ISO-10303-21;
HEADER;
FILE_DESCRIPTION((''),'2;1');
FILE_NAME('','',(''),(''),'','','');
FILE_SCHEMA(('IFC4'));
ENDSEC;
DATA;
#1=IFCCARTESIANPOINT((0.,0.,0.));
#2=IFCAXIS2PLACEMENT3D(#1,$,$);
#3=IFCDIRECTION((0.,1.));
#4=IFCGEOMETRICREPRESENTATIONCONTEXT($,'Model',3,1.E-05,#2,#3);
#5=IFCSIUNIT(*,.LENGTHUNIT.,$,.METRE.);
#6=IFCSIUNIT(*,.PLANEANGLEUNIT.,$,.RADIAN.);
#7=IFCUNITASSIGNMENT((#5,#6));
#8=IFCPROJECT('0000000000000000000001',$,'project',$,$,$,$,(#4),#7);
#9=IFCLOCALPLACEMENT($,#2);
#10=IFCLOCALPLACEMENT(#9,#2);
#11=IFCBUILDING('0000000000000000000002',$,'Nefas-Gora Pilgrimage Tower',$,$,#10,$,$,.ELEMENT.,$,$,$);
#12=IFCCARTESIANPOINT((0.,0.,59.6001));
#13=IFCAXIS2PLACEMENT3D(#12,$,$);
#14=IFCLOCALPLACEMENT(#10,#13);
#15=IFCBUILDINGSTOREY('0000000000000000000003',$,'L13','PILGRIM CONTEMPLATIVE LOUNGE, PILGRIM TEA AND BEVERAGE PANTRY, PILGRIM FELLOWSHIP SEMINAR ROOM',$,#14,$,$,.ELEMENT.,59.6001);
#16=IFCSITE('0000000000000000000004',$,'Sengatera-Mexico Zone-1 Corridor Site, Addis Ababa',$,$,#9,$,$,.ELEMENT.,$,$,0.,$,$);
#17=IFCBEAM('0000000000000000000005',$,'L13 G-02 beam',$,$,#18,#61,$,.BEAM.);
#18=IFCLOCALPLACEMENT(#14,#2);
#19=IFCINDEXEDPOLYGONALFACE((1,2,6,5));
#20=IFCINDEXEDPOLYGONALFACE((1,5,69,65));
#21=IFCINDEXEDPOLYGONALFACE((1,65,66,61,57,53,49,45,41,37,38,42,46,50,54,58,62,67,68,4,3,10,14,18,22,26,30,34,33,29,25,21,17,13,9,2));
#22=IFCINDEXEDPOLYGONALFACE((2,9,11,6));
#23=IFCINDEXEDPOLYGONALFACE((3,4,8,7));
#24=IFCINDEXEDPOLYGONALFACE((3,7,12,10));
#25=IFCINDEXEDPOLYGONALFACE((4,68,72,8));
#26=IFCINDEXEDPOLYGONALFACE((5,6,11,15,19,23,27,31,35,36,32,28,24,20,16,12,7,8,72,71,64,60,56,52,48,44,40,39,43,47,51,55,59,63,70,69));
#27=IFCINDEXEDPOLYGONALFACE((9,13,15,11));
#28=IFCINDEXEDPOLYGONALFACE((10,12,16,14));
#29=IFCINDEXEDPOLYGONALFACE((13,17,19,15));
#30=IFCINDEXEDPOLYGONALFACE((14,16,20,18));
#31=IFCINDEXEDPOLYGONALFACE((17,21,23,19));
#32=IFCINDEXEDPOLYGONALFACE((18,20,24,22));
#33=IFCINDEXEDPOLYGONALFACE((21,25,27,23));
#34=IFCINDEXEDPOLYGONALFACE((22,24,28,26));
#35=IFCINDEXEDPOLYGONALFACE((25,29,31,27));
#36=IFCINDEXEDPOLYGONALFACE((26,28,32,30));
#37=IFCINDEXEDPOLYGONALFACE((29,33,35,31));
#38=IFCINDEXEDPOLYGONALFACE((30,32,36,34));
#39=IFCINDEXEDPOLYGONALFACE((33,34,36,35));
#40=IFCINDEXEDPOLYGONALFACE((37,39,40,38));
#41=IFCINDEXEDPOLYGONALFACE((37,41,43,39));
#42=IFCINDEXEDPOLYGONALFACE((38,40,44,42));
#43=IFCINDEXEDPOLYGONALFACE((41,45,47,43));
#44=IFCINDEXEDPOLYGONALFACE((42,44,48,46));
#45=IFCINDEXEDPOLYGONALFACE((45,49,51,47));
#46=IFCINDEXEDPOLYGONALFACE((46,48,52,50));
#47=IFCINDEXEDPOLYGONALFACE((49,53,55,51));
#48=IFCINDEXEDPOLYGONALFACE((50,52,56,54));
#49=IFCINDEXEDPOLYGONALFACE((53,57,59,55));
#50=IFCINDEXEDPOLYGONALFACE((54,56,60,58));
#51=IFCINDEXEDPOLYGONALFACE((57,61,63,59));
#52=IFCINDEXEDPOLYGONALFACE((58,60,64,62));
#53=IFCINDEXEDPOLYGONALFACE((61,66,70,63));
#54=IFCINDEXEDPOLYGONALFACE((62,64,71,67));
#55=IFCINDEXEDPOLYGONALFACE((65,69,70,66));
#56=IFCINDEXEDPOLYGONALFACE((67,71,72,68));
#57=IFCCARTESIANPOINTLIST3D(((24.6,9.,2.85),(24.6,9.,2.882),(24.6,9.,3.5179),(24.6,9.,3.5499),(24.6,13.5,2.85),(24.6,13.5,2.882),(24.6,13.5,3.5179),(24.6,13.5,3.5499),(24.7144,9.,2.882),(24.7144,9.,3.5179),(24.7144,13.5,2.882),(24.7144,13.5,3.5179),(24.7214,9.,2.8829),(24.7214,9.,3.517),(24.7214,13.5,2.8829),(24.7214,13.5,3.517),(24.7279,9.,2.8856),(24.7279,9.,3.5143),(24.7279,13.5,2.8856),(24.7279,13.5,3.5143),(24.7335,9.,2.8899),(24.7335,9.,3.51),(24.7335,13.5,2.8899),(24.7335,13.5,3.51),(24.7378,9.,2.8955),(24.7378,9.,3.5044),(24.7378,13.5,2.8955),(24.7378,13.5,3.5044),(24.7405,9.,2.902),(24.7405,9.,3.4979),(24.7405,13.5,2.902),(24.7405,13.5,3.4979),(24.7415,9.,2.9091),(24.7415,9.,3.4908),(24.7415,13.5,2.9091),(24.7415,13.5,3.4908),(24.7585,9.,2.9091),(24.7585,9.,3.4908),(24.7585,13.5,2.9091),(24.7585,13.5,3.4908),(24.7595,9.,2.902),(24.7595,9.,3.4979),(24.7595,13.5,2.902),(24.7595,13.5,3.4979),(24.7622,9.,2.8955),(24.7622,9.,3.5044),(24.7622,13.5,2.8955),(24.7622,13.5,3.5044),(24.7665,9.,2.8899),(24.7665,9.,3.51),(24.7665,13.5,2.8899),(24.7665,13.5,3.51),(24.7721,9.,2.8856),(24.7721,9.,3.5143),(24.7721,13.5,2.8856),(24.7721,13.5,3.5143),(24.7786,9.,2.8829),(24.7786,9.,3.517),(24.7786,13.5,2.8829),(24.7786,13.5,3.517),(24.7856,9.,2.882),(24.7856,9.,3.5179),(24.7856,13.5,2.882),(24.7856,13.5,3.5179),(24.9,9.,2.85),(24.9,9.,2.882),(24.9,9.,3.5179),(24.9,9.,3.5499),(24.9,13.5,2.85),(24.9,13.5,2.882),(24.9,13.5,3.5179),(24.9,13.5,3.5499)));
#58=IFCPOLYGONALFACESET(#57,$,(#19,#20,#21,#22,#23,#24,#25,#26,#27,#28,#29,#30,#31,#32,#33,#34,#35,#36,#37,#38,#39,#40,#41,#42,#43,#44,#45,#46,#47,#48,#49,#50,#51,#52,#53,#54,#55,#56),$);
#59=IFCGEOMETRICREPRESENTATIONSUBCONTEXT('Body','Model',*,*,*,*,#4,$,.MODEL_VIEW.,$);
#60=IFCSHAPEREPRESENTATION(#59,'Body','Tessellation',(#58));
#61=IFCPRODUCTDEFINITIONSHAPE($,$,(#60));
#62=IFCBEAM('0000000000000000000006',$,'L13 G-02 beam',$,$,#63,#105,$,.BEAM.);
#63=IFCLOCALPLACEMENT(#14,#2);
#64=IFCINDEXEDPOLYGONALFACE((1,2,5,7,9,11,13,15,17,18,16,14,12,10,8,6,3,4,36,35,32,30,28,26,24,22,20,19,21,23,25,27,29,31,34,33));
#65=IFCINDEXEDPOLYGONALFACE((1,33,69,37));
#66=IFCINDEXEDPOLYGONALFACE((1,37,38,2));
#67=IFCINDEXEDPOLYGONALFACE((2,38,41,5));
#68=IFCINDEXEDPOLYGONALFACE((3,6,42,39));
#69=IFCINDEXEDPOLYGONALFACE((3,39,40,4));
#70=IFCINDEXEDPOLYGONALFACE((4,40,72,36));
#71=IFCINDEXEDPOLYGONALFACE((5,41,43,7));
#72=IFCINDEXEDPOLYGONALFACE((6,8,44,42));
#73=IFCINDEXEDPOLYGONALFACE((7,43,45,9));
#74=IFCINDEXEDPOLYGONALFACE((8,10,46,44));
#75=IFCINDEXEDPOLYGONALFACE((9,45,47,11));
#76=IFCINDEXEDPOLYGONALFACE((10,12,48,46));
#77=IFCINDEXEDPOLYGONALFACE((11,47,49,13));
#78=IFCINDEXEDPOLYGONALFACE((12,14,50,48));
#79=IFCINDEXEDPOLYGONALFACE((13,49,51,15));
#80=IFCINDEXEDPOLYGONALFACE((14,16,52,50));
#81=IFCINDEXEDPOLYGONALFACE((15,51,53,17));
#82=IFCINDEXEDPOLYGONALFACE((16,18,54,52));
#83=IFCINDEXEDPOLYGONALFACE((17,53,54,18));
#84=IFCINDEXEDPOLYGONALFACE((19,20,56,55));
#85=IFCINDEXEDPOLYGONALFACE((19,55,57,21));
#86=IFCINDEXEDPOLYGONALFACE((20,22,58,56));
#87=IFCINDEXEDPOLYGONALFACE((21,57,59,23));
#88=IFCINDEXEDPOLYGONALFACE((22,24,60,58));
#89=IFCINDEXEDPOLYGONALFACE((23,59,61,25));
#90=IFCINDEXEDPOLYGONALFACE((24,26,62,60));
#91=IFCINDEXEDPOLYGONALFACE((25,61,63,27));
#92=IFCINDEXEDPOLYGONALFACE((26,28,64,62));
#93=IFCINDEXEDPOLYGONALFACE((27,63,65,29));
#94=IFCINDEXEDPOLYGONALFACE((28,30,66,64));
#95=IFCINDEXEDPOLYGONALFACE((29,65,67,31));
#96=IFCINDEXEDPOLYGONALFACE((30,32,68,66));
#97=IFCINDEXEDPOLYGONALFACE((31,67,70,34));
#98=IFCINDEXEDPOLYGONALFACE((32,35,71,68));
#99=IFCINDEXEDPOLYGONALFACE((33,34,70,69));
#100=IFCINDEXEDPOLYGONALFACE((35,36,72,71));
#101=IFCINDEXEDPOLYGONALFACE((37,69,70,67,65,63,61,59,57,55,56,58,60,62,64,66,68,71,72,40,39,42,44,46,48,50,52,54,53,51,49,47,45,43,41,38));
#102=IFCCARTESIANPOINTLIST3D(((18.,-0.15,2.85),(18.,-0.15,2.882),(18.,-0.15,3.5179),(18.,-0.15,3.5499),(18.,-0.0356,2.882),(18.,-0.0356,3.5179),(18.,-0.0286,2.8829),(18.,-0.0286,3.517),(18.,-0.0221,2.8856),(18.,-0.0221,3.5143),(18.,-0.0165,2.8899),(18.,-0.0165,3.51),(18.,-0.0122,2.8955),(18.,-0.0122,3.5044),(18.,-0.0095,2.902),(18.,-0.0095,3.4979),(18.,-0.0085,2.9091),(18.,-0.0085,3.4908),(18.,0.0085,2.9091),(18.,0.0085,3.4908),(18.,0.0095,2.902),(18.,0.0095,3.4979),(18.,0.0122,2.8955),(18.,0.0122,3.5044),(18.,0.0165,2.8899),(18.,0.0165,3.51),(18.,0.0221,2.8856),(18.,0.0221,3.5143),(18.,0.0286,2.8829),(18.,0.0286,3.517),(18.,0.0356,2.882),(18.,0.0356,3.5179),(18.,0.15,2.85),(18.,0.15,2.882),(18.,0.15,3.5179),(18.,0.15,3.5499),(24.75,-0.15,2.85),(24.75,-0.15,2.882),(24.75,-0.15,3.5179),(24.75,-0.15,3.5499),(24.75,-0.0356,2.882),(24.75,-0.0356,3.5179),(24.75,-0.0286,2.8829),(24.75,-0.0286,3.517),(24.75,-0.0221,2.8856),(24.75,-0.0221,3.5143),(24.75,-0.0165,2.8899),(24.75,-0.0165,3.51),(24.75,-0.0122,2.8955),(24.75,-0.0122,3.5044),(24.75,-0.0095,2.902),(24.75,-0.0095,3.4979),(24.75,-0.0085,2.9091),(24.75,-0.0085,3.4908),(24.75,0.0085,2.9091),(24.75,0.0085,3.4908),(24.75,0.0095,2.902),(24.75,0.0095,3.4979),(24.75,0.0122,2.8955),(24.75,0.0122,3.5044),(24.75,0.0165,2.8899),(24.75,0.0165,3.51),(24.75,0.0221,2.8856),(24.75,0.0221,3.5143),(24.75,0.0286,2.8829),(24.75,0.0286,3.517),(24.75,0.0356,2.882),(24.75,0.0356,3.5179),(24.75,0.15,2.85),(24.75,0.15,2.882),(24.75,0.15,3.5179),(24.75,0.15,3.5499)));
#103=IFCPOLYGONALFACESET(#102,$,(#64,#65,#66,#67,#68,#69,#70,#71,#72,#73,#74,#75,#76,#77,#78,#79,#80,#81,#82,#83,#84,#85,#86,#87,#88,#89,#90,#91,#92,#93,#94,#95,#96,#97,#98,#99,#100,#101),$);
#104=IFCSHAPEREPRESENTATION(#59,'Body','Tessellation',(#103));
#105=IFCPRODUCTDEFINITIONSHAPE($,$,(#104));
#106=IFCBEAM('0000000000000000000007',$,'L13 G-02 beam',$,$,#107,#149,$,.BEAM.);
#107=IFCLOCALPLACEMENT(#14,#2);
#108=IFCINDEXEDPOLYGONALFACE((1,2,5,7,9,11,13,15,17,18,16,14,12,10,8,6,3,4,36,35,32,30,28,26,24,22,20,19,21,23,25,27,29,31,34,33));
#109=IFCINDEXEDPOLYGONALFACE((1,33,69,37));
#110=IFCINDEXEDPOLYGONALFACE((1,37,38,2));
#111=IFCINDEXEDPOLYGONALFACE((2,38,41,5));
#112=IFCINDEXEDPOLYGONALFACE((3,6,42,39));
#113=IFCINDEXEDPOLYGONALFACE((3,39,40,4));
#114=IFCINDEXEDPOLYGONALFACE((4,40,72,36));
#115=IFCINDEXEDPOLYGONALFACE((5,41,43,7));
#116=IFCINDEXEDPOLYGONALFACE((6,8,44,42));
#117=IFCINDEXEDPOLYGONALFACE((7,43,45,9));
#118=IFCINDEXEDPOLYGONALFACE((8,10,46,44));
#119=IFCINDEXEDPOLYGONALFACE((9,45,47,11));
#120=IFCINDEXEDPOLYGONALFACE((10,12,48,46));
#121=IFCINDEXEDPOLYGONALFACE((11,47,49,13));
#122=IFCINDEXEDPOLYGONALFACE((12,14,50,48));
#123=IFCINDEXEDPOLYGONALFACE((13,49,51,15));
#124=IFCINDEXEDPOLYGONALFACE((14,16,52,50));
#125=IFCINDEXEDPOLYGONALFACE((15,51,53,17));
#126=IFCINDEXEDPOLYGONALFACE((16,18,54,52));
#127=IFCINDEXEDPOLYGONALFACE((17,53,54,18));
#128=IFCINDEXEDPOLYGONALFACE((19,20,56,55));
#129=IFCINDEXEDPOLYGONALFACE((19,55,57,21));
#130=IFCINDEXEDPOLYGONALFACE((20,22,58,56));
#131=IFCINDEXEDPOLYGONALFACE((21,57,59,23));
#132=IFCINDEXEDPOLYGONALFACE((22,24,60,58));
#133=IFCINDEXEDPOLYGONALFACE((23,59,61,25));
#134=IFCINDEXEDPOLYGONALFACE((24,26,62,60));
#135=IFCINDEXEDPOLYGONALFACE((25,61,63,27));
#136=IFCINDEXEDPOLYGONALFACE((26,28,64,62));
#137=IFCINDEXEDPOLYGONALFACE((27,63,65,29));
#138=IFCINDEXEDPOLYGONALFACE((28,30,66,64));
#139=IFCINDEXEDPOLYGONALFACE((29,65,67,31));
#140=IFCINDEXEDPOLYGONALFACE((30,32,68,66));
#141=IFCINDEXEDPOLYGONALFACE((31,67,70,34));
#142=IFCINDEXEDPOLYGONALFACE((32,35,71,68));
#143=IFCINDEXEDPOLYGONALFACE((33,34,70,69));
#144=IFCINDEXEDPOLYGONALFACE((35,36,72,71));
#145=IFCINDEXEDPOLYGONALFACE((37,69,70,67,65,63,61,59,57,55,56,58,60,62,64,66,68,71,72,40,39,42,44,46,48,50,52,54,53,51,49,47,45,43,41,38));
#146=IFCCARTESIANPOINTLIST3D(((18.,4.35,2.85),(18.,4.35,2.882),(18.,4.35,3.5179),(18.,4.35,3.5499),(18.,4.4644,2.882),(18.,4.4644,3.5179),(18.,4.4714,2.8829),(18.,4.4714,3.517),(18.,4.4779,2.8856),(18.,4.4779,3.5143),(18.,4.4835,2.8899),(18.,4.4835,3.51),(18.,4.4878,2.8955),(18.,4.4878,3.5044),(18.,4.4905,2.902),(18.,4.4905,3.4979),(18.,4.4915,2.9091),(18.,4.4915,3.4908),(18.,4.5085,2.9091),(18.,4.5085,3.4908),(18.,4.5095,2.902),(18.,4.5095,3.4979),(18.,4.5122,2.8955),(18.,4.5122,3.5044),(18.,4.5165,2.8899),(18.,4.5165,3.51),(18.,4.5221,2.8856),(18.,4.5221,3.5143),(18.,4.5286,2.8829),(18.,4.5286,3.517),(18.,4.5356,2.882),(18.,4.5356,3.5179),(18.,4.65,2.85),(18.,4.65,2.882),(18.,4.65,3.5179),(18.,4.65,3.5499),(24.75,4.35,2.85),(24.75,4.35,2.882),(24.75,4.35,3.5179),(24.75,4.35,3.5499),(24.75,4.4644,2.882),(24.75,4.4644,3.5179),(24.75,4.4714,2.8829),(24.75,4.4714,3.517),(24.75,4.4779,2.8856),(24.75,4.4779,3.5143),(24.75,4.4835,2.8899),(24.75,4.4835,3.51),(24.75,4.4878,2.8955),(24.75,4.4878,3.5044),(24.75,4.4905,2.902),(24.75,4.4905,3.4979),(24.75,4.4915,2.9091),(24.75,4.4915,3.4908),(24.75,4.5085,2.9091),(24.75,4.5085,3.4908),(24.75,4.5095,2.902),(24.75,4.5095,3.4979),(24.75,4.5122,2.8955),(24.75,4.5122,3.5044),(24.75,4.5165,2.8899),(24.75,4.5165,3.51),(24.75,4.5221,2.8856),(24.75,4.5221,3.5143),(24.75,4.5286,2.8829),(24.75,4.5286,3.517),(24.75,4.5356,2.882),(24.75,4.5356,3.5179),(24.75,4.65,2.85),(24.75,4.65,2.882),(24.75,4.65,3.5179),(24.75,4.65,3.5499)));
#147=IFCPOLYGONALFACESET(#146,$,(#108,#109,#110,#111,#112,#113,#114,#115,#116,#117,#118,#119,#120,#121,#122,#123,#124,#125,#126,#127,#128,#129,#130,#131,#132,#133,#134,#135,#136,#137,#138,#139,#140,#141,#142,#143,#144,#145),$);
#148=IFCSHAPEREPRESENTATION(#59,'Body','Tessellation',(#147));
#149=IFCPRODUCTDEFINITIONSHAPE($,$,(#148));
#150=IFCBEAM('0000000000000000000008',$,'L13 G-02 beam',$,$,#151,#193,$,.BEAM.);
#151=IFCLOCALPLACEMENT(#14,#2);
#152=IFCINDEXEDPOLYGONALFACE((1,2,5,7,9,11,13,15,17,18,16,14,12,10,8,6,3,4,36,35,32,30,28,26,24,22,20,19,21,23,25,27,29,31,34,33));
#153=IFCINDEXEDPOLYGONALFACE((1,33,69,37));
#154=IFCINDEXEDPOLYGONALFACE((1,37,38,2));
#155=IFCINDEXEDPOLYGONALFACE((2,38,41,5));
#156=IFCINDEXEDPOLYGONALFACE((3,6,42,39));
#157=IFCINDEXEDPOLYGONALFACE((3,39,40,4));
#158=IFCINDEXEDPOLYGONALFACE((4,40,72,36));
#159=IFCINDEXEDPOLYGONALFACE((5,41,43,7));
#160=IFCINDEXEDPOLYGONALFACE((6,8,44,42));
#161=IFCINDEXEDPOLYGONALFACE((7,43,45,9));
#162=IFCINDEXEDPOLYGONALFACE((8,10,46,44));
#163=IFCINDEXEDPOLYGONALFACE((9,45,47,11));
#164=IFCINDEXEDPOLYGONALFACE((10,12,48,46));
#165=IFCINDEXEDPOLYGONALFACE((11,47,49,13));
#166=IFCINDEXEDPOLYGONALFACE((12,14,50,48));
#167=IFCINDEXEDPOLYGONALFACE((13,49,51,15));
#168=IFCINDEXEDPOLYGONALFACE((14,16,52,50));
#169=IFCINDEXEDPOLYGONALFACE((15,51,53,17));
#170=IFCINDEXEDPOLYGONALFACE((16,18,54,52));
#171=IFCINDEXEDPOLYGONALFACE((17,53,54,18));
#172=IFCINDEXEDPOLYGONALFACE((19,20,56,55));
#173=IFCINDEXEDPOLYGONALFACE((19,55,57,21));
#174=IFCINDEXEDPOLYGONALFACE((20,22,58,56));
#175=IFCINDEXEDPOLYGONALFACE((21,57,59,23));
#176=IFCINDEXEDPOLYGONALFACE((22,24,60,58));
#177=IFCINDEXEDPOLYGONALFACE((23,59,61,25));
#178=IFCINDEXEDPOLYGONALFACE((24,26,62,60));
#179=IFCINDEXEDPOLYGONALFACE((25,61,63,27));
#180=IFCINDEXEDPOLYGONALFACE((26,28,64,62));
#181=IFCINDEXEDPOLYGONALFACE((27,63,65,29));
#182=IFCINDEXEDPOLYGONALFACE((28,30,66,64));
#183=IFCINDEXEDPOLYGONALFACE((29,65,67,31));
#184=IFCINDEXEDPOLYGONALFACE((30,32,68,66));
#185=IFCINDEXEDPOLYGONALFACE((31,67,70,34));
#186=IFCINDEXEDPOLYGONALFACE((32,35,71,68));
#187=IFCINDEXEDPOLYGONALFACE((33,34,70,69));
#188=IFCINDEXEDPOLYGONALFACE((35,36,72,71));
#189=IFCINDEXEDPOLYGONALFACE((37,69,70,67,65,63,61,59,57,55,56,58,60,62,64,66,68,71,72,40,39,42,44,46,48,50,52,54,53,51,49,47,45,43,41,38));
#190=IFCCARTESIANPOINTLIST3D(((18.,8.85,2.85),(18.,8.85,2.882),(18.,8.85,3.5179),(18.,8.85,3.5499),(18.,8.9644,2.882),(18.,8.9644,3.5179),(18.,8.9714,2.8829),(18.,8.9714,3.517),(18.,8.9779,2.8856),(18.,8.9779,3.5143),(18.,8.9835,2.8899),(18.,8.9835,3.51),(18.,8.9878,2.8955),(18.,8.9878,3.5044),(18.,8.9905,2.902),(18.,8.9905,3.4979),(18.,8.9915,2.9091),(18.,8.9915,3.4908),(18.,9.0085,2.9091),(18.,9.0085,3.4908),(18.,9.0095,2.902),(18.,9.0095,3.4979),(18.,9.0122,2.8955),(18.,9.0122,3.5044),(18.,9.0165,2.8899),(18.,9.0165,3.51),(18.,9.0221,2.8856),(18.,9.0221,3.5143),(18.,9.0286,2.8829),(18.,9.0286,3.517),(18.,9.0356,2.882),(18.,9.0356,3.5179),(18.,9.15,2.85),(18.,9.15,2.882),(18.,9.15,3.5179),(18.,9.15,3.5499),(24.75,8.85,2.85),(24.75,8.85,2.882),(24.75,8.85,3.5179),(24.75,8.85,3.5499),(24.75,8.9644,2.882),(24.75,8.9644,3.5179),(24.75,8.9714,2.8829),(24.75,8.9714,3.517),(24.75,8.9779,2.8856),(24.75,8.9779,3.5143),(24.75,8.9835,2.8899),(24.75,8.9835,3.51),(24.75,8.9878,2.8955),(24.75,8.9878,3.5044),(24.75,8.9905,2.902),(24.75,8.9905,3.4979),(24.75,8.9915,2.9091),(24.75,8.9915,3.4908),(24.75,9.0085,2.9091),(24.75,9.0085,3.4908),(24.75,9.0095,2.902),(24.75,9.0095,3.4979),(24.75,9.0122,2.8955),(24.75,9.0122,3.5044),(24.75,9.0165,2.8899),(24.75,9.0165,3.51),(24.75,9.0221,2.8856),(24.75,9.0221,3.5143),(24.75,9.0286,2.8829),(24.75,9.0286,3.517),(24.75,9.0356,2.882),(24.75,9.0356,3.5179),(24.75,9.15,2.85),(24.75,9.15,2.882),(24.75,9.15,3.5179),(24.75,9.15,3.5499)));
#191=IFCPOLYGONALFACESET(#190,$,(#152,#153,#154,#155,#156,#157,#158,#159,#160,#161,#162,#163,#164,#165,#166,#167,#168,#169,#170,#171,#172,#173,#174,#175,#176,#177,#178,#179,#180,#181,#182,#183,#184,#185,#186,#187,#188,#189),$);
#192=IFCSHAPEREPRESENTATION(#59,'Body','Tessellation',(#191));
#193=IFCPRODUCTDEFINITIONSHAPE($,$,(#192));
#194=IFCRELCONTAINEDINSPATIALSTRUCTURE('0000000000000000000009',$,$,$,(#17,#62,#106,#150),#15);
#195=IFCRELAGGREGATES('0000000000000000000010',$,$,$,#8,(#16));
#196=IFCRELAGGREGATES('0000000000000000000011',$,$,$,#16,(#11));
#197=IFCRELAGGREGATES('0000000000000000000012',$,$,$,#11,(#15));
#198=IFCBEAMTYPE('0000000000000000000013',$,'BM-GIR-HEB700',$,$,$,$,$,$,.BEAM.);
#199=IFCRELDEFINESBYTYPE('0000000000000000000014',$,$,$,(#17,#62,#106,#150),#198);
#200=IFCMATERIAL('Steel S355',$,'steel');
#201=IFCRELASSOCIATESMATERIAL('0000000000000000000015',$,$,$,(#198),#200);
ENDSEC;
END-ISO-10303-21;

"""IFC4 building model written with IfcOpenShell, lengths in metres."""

from ifc_helpers import new_model, si_unit, direction, frame, origin, origin_2d, place, context, subcontext, project, spatial, i_section, extrude, source, transform, mapped, material, material_profile, profile_set, type_object, element, save


model = new_model("IFC4")

# Units and contexts
model_context = context("Model", 3, precision=1e-05, world=origin(), true_north=direction((0.0, 1.0)))
body_context = subcontext(model_context, "Body", "Model", "MODEL_VIEW")
ifc_project = project(units=[si_unit("LENGTHUNIT", "METRE"), si_unit("PLANEANGLEUNIT", "RADIAN")], contexts=[model_context])

# Site, building, storey
site_placement = place(None, origin())
site = spatial("IfcSite", under=ifc_project, at=site_placement, Name="Sengatera-Mexico Zone-1 Corridor Site, Addis Ababa", CompositionType="ELEMENT", RefElevation=0.0)
building_placement = place(site_placement, origin())
building = spatial("IfcBuilding", under=site, at=building_placement, Name="Nefas-Gora Pilgrimage Tower", CompositionType="ELEMENT")
storey_placement = place(building_placement, frame((0.0, 0.0, 59.6001)))
storey = spatial("IfcBuildingStorey", under=building, at=storey_placement, Name="L13", Description="PILGRIM CONTEMPLATIVE LOUNGE, PILGRIM TEA AND BEVERAGE PANTRY, PILGRIM FELLOWSHIP SEMINAR ROOM", CompositionType="ELEMENT", Elevation=59.6001)

# Beams
ifc_material_1 = material(Name="Steel S355", Category="steel")
ifc_material_profile_1 = material_profile(ifc_material_1, i_section(OverallWidth=0.3, OverallDepth=0.7, WebThickness=0.0171, FlangeThickness=0.032, FilletRadius=0.0271, at=origin_2d()), Name="HEB 700")
ifc_profile_set_1 = profile_set([ifc_material_profile_1], Name="Steel S355")
beam_type_1 = type_object("IfcBeamType", Name="BM-GIR-HEB700", PredefinedType="BEAM", material=ifc_profile_set_1)
shared_shape_1 = source(origin(), body_context, "Body", "SweptSolid", [
    extrude(i_section(OverallWidth=0.3, OverallDepth=0.7, WebThickness=0.0171, FlangeThickness=0.032, FilletRadius=0.0271, at=origin_2d()), origin(), (0.0, 0.0, 1.0), 4.5),
])
for number, where, z_axis, x_axis, name in (
    (1, (24.75, 9.0, 3.2), (0.0, 1.0, 0.0), (-1.0, 0.0, 0.0), "L13 G-02 beam"),
):
    element("IfcBeam", number, at=place(storey_placement, frame(where, z_axis=z_axis, x_axis=x_axis)), inside=storey, type_object=beam_type_1, Name=name, PredefinedType="BEAM", context=body_context, shape_type="MappedRepresentation", body=[
        mapped(shared_shape_1, transform((0.0, 0.0, 0.0), x_axis=(1.0, 0.0, 0.0), y_axis=(0.0, 1.0, 0.0), z_axis=(0.0, 0.0, 1.0), scale=1.0)),
    ])
shared_shape_2 = source(origin(), body_context, "Body", "SweptSolid", [
    extrude(i_section(OverallWidth=0.3, OverallDepth=0.7, WebThickness=0.0171, FlangeThickness=0.032, FilletRadius=0.0271, at=origin_2d()), origin(), (0.0, 0.0, 1.0), 6.75),
])
for number, where, z_axis, x_axis, name in (
    (2, (18.0, 0.0, 3.2), (1.0, 0.0, 0.0), (0.0, 1.0, 0.0), "L13 G-02 beam"),
    (3, (18.0, 4.5, 3.2), (1.0, 0.0, 0.0), (0.0, 1.0, 0.0), "L13 G-02 beam"),
    (4, (18.0, 9.0, 3.2), (1.0, 0.0, 0.0), (0.0, 1.0, 0.0), "L13 G-02 beam"),
):
    element("IfcBeam", number, at=place(storey_placement, frame(where, z_axis=z_axis, x_axis=x_axis)), inside=storey, type_object=beam_type_1, Name=name, PredefinedType="BEAM", context=body_context, shape_type="MappedRepresentation", body=[
        mapped(shared_shape_2, transform((0.0, 0.0, 0.0), x_axis=(1.0, 0.0, 0.0), y_axis=(0.0, 1.0, 0.0), z_axis=(0.0, 0.0, 1.0), scale=1.0)),
    ])

save(model, "model.ifc")
